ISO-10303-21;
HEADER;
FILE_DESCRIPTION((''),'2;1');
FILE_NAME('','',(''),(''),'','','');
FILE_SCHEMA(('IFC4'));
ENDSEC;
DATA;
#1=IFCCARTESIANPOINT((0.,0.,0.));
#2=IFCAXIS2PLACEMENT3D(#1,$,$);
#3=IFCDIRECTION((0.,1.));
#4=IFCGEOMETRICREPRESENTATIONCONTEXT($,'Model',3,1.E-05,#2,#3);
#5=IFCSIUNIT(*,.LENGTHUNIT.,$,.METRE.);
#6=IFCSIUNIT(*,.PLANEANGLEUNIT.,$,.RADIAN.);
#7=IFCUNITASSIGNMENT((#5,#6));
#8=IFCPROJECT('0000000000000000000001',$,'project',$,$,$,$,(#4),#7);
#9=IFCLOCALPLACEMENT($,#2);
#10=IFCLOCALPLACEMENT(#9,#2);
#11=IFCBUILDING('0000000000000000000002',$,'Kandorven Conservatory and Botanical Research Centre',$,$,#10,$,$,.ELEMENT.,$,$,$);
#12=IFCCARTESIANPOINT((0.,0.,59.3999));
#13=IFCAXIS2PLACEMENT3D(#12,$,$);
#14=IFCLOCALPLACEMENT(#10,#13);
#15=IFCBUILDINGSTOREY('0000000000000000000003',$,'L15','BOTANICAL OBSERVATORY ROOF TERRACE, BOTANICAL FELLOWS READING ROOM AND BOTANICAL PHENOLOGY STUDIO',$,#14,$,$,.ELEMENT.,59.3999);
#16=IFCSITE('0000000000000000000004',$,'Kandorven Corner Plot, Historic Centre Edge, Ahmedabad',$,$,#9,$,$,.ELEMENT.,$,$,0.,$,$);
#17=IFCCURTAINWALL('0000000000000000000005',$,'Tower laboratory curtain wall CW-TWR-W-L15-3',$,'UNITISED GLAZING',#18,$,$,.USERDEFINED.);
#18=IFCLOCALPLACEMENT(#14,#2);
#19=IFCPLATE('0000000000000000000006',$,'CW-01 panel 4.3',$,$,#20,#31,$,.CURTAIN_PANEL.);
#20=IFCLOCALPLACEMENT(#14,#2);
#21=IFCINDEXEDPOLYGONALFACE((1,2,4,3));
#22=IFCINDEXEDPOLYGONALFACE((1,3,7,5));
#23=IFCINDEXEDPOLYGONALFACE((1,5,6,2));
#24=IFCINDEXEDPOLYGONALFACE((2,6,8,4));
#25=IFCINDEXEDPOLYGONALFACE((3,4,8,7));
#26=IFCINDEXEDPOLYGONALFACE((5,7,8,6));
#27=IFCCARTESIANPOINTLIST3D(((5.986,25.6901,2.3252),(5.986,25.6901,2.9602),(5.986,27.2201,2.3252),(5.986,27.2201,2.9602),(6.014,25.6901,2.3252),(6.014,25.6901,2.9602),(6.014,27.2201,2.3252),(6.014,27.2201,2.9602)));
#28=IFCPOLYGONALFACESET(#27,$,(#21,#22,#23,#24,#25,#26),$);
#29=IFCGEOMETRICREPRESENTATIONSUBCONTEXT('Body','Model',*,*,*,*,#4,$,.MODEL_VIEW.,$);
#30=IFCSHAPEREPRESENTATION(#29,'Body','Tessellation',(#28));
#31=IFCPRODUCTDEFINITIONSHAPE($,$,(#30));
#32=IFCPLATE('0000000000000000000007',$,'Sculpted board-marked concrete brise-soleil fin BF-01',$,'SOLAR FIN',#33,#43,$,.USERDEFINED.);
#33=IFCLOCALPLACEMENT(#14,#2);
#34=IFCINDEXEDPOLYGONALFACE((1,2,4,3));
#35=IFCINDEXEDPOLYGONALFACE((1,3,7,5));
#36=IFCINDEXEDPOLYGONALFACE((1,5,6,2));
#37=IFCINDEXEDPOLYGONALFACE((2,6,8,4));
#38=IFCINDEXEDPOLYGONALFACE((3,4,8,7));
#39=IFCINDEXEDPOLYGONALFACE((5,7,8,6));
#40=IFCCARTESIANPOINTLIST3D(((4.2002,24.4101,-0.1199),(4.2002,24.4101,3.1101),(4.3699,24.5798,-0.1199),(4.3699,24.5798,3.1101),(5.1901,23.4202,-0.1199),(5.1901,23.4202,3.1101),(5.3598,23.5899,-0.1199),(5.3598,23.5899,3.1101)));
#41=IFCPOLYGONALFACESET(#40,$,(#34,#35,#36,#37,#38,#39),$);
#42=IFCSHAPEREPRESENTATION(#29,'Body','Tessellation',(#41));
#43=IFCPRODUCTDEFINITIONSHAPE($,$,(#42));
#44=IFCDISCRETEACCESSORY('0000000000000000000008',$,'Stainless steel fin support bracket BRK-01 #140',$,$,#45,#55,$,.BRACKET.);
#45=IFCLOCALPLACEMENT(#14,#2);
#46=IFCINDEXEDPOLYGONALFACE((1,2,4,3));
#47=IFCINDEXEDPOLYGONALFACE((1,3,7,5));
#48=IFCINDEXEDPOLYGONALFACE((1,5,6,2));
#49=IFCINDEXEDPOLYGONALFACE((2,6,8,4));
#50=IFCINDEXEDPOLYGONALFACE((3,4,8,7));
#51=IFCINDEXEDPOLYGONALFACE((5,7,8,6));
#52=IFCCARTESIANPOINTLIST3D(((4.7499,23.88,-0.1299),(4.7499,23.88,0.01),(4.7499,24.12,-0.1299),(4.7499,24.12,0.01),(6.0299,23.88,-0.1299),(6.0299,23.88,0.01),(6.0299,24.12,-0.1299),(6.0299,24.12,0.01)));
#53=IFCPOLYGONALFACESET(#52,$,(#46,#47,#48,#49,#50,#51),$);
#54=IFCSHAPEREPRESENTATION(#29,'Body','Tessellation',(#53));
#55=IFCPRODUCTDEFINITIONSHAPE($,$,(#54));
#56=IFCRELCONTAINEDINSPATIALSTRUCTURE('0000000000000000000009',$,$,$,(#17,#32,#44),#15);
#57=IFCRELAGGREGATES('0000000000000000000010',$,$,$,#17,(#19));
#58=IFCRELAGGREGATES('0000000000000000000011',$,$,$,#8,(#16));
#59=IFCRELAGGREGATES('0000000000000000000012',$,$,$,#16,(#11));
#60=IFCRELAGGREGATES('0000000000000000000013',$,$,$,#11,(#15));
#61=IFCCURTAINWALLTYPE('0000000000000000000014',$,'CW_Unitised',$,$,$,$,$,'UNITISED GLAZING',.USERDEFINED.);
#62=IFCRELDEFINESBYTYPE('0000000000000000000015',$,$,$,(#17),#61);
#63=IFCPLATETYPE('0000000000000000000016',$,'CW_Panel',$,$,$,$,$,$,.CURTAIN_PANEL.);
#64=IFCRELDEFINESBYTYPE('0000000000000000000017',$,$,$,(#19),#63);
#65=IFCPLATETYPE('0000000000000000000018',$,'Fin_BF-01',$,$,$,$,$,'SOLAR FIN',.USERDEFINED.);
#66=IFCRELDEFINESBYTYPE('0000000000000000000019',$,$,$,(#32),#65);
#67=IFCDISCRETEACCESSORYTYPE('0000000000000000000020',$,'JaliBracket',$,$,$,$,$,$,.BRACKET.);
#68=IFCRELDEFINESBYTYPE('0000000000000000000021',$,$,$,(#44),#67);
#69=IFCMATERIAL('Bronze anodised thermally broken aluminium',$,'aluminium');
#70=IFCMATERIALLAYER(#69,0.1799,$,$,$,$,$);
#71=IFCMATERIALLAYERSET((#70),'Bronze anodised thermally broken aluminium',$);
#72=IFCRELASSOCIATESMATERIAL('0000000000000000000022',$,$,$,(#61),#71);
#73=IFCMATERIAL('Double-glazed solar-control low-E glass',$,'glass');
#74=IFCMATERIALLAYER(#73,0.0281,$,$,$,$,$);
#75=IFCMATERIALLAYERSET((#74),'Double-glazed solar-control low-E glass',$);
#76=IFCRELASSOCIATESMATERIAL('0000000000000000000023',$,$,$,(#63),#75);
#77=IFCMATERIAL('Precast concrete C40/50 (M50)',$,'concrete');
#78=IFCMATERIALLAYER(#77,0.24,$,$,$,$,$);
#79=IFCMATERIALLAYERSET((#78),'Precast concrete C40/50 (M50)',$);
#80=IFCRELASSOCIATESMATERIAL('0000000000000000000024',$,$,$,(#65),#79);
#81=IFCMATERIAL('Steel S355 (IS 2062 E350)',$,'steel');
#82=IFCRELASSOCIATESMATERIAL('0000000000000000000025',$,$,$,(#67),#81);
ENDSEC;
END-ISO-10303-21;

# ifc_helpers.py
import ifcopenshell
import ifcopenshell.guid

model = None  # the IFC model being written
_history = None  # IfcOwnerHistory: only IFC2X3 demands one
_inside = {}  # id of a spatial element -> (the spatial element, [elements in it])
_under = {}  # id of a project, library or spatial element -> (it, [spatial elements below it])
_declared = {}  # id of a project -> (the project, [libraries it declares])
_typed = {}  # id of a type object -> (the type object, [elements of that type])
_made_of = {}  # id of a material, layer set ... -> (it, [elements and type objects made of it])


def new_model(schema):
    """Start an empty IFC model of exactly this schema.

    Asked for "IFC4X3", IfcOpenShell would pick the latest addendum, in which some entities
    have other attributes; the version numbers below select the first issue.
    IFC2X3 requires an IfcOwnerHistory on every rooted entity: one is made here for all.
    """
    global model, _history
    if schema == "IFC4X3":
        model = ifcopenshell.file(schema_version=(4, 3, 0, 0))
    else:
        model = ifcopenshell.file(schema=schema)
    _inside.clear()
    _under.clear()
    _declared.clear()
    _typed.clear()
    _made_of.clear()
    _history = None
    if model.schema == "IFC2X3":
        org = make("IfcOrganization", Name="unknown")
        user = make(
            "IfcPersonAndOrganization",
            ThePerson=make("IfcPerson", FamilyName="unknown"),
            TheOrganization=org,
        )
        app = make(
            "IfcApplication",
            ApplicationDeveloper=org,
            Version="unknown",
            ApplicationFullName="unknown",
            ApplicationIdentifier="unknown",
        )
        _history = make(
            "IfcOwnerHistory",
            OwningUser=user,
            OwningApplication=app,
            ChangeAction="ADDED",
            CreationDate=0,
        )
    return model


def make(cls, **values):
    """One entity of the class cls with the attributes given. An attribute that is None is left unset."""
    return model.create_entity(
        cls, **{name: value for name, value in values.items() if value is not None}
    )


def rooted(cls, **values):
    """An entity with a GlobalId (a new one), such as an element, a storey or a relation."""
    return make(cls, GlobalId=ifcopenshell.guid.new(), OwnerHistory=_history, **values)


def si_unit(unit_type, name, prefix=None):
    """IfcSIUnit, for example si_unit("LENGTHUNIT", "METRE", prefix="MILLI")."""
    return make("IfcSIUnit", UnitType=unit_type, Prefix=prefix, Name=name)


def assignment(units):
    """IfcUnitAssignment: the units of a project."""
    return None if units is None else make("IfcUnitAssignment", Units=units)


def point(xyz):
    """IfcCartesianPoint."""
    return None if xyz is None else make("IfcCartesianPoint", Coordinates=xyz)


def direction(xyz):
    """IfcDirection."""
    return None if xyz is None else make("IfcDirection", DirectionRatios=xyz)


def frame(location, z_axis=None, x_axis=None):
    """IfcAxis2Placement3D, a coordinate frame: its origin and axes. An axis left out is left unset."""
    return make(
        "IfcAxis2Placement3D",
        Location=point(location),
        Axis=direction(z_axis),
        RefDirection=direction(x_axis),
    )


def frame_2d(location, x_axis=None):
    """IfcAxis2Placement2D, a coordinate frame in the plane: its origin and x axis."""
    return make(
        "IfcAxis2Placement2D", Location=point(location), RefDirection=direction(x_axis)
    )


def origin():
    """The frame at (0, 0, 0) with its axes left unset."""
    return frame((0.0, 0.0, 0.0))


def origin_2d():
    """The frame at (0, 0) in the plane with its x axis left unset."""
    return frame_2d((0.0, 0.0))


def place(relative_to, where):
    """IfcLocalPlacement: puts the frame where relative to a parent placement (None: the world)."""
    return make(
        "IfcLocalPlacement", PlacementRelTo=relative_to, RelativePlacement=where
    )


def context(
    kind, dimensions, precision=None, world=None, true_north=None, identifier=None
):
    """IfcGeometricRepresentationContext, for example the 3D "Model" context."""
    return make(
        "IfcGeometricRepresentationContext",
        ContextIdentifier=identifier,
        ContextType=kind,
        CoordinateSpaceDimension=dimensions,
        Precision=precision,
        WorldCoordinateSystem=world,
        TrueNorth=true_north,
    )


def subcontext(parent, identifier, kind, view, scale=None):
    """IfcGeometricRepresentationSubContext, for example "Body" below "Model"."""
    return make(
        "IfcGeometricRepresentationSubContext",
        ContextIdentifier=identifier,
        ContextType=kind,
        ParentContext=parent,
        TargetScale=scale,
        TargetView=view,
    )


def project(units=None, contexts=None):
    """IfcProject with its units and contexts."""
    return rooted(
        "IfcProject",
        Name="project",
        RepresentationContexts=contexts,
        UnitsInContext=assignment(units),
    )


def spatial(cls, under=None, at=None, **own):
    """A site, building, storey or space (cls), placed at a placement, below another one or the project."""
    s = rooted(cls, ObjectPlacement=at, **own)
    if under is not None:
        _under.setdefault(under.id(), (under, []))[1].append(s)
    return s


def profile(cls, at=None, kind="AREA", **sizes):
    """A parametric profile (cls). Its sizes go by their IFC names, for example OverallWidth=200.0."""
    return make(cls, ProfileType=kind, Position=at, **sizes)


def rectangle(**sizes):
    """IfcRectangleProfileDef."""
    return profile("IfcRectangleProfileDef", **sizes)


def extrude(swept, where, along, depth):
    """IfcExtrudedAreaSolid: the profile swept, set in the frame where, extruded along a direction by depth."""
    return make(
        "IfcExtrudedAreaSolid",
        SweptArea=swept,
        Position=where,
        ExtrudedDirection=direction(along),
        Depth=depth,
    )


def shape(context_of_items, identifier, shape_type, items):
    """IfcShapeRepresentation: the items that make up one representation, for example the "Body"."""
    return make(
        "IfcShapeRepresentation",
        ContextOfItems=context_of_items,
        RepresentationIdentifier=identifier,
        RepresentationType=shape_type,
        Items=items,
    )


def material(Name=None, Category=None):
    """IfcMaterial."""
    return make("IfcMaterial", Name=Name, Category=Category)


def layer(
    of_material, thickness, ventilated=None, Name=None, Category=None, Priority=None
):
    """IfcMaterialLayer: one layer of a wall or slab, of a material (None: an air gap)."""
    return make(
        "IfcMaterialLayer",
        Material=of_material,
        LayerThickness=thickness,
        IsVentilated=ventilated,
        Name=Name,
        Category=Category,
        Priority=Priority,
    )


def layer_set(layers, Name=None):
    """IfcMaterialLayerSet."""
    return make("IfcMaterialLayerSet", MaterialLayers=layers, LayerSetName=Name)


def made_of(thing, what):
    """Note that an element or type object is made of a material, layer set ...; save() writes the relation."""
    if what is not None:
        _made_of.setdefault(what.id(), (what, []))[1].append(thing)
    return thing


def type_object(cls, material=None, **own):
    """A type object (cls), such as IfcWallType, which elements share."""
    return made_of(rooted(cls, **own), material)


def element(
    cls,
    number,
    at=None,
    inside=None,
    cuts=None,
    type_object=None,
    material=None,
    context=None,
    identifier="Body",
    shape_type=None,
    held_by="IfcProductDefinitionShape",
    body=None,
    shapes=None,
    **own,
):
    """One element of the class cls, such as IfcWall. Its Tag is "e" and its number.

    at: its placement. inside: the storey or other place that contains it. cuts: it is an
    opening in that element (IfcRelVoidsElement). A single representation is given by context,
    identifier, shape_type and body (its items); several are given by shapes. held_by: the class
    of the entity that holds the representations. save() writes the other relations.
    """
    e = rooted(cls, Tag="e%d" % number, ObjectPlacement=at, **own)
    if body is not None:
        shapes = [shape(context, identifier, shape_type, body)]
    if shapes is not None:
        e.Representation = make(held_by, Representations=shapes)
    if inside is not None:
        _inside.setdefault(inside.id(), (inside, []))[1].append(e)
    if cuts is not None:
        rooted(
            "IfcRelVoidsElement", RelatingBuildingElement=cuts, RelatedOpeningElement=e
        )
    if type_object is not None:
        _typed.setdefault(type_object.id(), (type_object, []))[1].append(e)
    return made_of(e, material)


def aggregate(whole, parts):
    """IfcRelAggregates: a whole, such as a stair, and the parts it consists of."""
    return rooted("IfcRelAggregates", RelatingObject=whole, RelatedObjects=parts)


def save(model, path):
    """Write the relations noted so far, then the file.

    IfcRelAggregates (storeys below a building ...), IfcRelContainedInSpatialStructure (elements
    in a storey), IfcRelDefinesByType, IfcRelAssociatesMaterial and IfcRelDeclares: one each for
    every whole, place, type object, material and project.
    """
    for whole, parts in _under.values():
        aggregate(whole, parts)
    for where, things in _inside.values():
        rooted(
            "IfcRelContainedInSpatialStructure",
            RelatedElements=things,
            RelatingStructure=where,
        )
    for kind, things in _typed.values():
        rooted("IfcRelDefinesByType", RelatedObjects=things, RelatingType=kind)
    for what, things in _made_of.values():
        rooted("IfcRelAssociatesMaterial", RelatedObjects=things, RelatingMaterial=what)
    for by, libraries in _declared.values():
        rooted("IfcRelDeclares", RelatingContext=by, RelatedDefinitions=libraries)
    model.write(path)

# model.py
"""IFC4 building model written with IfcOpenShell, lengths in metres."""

from ifc_helpers import new_model, si_unit, direction, frame, origin, origin_2d, place, context, subcontext, project, spatial, rectangle, extrude, material, layer, layer_set, type_object, element, aggregate, save


model = new_model("IFC4")

# Units and contexts
model_context = context("Model", 3, precision=1e-05, world=origin(), true_north=direction((0.0, 1.0)))
body_context = subcontext(model_context, "Body", "Model", "MODEL_VIEW")
ifc_project = project(units=[si_unit("LENGTHUNIT", "METRE"), si_unit("PLANEANGLEUNIT", "RADIAN")], contexts=[model_context])

# Site, building, storey
site_placement = place(None, origin())
site = spatial("IfcSite", under=ifc_project, at=site_placement, Name="Kandorven Corner Plot, Historic Centre Edge, Ahmedabad", CompositionType="ELEMENT", RefElevation=0.0)
building_placement = place(site_placement, origin())
building = spatial("IfcBuilding", under=site, at=building_placement, Name="Kandorven Conservatory and Botanical Research Centre", CompositionType="ELEMENT")
storey_placement = place(building_placement, frame((0.0, 0.0, 59.3999)))
storey = spatial("IfcBuildingStorey", under=building, at=storey_placement, Name="L15", Description="BOTANICAL OBSERVATORY ROOF TERRACE, BOTANICAL FELLOWS READING ROOM AND BOTANICAL PHENOLOGY STUDIO", CompositionType="ELEMENT", Elevation=59.3999)

# Curtain wall, plate
ifc_material_1 = material(Name="Bronze anodised thermally broken aluminium", Category="aluminium")
ifc_layer_1 = layer(ifc_material_1, 0.1799)
ifc_layer_set_1 = layer_set([ifc_layer_1], Name="Bronze anodised thermally broken aluminium")
curtain_wall_type = type_object("IfcCurtainWallType", Name="CW_Unitised", ElementType="UNITISED GLAZING", PredefinedType="USERDEFINED", material=ifc_layer_set_1)
curtain_wall_placement = place(storey_placement, origin())
curtain_wall = element("IfcCurtainWall", 1, at=curtain_wall_placement, inside=storey, type_object=curtain_wall_type, Name="Tower laboratory curtain wall CW-TWR-W-L15-3", ObjectType="UNITISED GLAZING", PredefinedType="USERDEFINED")
ifc_material_2 = material(Name="Double-glazed solar-control low-E glass", Category="glass")
ifc_layer_2 = layer(ifc_material_2, 0.0281)
ifc_layer_set_2 = layer_set([ifc_layer_2], Name="Double-glazed solar-control low-E glass")
plate_type_1 = type_object("IfcPlateType", Name="CW_Panel", PredefinedType="CURTAIN_PANEL", material=ifc_layer_set_2)
plate_1_placement = place(storey_placement, frame((6.0, 26.4551, 2.3252), z_axis=(0.0, 0.0, 1.0), x_axis=(0.0, 1.0, 0.0)))
plate_1 = element("IfcPlate", 2, at=plate_1_placement, type_object=plate_type_1, Name="CW-01 panel 4.3", PredefinedType="CURTAIN_PANEL", context=body_context, shape_type="SweptSolid", body=[
    extrude(rectangle(XDim=1.53, YDim=0.0281, at=origin_2d()), origin(), (0.0, 0.0, 1.0), 0.635),
])
aggregate(curtain_wall, [plate_1])

# Plate
ifc_material_3 = material(Name="Precast concrete C40/50 (M50)", Category="concrete")
ifc_layer_3 = layer(ifc_material_3, 0.24)
ifc_layer_set_3 = layer_set([ifc_layer_3], Name="Precast concrete C40/50 (M50)")
plate_type_2 = type_object("IfcPlateType", Name="Fin_BF-01", ElementType="SOLAR FIN", PredefinedType="USERDEFINED", material=ifc_layer_set_3)
plate_2_placement = place(storey_placement, frame((4.78, 24.0, -0.1199), z_axis=(0.0, 0.0, 1.0), x_axis=(-0.707107, 0.707107, 0.0)))
element("IfcPlate", 3, at=plate_2_placement, inside=storey, type_object=plate_type_2, Name="Sculpted board-marked concrete brise-soleil fin BF-01", ObjectType="SOLAR FIN", PredefinedType="USERDEFINED", context=body_context, shape_type="SweptSolid", body=[
    extrude(rectangle(XDim=1.3999, YDim=0.24, at=origin_2d()), origin(), (0.0, 0.0, 1.0), 3.23),
])

# Discrete accessory
ifc_material_4 = material(Name="Steel S355 (IS 2062 E350)", Category="steel")
discrete_accessory_type = type_object("IfcDiscreteAccessoryType", Name="JaliBracket", PredefinedType="BRACKET", material=ifc_material_4)
discrete_accessory_placement = place(storey_placement, frame((5.3899, 24.0, -0.1299), z_axis=(0.0, 0.0, 1.0), x_axis=(1.0, 0.0, 0.0)))
element("IfcDiscreteAccessory", 4, at=discrete_accessory_placement, inside=storey, type_object=discrete_accessory_type, Name="Stainless steel fin support bracket BRK-01 #140", PredefinedType="BRACKET", context=body_context, shape_type="SweptSolid", body=[
    extrude(rectangle(XDim=1.28, YDim=0.24, at=origin_2d()), origin(), (0.0, 0.0, 1.0), 0.1399),
])

save(model, "model.ifc")
